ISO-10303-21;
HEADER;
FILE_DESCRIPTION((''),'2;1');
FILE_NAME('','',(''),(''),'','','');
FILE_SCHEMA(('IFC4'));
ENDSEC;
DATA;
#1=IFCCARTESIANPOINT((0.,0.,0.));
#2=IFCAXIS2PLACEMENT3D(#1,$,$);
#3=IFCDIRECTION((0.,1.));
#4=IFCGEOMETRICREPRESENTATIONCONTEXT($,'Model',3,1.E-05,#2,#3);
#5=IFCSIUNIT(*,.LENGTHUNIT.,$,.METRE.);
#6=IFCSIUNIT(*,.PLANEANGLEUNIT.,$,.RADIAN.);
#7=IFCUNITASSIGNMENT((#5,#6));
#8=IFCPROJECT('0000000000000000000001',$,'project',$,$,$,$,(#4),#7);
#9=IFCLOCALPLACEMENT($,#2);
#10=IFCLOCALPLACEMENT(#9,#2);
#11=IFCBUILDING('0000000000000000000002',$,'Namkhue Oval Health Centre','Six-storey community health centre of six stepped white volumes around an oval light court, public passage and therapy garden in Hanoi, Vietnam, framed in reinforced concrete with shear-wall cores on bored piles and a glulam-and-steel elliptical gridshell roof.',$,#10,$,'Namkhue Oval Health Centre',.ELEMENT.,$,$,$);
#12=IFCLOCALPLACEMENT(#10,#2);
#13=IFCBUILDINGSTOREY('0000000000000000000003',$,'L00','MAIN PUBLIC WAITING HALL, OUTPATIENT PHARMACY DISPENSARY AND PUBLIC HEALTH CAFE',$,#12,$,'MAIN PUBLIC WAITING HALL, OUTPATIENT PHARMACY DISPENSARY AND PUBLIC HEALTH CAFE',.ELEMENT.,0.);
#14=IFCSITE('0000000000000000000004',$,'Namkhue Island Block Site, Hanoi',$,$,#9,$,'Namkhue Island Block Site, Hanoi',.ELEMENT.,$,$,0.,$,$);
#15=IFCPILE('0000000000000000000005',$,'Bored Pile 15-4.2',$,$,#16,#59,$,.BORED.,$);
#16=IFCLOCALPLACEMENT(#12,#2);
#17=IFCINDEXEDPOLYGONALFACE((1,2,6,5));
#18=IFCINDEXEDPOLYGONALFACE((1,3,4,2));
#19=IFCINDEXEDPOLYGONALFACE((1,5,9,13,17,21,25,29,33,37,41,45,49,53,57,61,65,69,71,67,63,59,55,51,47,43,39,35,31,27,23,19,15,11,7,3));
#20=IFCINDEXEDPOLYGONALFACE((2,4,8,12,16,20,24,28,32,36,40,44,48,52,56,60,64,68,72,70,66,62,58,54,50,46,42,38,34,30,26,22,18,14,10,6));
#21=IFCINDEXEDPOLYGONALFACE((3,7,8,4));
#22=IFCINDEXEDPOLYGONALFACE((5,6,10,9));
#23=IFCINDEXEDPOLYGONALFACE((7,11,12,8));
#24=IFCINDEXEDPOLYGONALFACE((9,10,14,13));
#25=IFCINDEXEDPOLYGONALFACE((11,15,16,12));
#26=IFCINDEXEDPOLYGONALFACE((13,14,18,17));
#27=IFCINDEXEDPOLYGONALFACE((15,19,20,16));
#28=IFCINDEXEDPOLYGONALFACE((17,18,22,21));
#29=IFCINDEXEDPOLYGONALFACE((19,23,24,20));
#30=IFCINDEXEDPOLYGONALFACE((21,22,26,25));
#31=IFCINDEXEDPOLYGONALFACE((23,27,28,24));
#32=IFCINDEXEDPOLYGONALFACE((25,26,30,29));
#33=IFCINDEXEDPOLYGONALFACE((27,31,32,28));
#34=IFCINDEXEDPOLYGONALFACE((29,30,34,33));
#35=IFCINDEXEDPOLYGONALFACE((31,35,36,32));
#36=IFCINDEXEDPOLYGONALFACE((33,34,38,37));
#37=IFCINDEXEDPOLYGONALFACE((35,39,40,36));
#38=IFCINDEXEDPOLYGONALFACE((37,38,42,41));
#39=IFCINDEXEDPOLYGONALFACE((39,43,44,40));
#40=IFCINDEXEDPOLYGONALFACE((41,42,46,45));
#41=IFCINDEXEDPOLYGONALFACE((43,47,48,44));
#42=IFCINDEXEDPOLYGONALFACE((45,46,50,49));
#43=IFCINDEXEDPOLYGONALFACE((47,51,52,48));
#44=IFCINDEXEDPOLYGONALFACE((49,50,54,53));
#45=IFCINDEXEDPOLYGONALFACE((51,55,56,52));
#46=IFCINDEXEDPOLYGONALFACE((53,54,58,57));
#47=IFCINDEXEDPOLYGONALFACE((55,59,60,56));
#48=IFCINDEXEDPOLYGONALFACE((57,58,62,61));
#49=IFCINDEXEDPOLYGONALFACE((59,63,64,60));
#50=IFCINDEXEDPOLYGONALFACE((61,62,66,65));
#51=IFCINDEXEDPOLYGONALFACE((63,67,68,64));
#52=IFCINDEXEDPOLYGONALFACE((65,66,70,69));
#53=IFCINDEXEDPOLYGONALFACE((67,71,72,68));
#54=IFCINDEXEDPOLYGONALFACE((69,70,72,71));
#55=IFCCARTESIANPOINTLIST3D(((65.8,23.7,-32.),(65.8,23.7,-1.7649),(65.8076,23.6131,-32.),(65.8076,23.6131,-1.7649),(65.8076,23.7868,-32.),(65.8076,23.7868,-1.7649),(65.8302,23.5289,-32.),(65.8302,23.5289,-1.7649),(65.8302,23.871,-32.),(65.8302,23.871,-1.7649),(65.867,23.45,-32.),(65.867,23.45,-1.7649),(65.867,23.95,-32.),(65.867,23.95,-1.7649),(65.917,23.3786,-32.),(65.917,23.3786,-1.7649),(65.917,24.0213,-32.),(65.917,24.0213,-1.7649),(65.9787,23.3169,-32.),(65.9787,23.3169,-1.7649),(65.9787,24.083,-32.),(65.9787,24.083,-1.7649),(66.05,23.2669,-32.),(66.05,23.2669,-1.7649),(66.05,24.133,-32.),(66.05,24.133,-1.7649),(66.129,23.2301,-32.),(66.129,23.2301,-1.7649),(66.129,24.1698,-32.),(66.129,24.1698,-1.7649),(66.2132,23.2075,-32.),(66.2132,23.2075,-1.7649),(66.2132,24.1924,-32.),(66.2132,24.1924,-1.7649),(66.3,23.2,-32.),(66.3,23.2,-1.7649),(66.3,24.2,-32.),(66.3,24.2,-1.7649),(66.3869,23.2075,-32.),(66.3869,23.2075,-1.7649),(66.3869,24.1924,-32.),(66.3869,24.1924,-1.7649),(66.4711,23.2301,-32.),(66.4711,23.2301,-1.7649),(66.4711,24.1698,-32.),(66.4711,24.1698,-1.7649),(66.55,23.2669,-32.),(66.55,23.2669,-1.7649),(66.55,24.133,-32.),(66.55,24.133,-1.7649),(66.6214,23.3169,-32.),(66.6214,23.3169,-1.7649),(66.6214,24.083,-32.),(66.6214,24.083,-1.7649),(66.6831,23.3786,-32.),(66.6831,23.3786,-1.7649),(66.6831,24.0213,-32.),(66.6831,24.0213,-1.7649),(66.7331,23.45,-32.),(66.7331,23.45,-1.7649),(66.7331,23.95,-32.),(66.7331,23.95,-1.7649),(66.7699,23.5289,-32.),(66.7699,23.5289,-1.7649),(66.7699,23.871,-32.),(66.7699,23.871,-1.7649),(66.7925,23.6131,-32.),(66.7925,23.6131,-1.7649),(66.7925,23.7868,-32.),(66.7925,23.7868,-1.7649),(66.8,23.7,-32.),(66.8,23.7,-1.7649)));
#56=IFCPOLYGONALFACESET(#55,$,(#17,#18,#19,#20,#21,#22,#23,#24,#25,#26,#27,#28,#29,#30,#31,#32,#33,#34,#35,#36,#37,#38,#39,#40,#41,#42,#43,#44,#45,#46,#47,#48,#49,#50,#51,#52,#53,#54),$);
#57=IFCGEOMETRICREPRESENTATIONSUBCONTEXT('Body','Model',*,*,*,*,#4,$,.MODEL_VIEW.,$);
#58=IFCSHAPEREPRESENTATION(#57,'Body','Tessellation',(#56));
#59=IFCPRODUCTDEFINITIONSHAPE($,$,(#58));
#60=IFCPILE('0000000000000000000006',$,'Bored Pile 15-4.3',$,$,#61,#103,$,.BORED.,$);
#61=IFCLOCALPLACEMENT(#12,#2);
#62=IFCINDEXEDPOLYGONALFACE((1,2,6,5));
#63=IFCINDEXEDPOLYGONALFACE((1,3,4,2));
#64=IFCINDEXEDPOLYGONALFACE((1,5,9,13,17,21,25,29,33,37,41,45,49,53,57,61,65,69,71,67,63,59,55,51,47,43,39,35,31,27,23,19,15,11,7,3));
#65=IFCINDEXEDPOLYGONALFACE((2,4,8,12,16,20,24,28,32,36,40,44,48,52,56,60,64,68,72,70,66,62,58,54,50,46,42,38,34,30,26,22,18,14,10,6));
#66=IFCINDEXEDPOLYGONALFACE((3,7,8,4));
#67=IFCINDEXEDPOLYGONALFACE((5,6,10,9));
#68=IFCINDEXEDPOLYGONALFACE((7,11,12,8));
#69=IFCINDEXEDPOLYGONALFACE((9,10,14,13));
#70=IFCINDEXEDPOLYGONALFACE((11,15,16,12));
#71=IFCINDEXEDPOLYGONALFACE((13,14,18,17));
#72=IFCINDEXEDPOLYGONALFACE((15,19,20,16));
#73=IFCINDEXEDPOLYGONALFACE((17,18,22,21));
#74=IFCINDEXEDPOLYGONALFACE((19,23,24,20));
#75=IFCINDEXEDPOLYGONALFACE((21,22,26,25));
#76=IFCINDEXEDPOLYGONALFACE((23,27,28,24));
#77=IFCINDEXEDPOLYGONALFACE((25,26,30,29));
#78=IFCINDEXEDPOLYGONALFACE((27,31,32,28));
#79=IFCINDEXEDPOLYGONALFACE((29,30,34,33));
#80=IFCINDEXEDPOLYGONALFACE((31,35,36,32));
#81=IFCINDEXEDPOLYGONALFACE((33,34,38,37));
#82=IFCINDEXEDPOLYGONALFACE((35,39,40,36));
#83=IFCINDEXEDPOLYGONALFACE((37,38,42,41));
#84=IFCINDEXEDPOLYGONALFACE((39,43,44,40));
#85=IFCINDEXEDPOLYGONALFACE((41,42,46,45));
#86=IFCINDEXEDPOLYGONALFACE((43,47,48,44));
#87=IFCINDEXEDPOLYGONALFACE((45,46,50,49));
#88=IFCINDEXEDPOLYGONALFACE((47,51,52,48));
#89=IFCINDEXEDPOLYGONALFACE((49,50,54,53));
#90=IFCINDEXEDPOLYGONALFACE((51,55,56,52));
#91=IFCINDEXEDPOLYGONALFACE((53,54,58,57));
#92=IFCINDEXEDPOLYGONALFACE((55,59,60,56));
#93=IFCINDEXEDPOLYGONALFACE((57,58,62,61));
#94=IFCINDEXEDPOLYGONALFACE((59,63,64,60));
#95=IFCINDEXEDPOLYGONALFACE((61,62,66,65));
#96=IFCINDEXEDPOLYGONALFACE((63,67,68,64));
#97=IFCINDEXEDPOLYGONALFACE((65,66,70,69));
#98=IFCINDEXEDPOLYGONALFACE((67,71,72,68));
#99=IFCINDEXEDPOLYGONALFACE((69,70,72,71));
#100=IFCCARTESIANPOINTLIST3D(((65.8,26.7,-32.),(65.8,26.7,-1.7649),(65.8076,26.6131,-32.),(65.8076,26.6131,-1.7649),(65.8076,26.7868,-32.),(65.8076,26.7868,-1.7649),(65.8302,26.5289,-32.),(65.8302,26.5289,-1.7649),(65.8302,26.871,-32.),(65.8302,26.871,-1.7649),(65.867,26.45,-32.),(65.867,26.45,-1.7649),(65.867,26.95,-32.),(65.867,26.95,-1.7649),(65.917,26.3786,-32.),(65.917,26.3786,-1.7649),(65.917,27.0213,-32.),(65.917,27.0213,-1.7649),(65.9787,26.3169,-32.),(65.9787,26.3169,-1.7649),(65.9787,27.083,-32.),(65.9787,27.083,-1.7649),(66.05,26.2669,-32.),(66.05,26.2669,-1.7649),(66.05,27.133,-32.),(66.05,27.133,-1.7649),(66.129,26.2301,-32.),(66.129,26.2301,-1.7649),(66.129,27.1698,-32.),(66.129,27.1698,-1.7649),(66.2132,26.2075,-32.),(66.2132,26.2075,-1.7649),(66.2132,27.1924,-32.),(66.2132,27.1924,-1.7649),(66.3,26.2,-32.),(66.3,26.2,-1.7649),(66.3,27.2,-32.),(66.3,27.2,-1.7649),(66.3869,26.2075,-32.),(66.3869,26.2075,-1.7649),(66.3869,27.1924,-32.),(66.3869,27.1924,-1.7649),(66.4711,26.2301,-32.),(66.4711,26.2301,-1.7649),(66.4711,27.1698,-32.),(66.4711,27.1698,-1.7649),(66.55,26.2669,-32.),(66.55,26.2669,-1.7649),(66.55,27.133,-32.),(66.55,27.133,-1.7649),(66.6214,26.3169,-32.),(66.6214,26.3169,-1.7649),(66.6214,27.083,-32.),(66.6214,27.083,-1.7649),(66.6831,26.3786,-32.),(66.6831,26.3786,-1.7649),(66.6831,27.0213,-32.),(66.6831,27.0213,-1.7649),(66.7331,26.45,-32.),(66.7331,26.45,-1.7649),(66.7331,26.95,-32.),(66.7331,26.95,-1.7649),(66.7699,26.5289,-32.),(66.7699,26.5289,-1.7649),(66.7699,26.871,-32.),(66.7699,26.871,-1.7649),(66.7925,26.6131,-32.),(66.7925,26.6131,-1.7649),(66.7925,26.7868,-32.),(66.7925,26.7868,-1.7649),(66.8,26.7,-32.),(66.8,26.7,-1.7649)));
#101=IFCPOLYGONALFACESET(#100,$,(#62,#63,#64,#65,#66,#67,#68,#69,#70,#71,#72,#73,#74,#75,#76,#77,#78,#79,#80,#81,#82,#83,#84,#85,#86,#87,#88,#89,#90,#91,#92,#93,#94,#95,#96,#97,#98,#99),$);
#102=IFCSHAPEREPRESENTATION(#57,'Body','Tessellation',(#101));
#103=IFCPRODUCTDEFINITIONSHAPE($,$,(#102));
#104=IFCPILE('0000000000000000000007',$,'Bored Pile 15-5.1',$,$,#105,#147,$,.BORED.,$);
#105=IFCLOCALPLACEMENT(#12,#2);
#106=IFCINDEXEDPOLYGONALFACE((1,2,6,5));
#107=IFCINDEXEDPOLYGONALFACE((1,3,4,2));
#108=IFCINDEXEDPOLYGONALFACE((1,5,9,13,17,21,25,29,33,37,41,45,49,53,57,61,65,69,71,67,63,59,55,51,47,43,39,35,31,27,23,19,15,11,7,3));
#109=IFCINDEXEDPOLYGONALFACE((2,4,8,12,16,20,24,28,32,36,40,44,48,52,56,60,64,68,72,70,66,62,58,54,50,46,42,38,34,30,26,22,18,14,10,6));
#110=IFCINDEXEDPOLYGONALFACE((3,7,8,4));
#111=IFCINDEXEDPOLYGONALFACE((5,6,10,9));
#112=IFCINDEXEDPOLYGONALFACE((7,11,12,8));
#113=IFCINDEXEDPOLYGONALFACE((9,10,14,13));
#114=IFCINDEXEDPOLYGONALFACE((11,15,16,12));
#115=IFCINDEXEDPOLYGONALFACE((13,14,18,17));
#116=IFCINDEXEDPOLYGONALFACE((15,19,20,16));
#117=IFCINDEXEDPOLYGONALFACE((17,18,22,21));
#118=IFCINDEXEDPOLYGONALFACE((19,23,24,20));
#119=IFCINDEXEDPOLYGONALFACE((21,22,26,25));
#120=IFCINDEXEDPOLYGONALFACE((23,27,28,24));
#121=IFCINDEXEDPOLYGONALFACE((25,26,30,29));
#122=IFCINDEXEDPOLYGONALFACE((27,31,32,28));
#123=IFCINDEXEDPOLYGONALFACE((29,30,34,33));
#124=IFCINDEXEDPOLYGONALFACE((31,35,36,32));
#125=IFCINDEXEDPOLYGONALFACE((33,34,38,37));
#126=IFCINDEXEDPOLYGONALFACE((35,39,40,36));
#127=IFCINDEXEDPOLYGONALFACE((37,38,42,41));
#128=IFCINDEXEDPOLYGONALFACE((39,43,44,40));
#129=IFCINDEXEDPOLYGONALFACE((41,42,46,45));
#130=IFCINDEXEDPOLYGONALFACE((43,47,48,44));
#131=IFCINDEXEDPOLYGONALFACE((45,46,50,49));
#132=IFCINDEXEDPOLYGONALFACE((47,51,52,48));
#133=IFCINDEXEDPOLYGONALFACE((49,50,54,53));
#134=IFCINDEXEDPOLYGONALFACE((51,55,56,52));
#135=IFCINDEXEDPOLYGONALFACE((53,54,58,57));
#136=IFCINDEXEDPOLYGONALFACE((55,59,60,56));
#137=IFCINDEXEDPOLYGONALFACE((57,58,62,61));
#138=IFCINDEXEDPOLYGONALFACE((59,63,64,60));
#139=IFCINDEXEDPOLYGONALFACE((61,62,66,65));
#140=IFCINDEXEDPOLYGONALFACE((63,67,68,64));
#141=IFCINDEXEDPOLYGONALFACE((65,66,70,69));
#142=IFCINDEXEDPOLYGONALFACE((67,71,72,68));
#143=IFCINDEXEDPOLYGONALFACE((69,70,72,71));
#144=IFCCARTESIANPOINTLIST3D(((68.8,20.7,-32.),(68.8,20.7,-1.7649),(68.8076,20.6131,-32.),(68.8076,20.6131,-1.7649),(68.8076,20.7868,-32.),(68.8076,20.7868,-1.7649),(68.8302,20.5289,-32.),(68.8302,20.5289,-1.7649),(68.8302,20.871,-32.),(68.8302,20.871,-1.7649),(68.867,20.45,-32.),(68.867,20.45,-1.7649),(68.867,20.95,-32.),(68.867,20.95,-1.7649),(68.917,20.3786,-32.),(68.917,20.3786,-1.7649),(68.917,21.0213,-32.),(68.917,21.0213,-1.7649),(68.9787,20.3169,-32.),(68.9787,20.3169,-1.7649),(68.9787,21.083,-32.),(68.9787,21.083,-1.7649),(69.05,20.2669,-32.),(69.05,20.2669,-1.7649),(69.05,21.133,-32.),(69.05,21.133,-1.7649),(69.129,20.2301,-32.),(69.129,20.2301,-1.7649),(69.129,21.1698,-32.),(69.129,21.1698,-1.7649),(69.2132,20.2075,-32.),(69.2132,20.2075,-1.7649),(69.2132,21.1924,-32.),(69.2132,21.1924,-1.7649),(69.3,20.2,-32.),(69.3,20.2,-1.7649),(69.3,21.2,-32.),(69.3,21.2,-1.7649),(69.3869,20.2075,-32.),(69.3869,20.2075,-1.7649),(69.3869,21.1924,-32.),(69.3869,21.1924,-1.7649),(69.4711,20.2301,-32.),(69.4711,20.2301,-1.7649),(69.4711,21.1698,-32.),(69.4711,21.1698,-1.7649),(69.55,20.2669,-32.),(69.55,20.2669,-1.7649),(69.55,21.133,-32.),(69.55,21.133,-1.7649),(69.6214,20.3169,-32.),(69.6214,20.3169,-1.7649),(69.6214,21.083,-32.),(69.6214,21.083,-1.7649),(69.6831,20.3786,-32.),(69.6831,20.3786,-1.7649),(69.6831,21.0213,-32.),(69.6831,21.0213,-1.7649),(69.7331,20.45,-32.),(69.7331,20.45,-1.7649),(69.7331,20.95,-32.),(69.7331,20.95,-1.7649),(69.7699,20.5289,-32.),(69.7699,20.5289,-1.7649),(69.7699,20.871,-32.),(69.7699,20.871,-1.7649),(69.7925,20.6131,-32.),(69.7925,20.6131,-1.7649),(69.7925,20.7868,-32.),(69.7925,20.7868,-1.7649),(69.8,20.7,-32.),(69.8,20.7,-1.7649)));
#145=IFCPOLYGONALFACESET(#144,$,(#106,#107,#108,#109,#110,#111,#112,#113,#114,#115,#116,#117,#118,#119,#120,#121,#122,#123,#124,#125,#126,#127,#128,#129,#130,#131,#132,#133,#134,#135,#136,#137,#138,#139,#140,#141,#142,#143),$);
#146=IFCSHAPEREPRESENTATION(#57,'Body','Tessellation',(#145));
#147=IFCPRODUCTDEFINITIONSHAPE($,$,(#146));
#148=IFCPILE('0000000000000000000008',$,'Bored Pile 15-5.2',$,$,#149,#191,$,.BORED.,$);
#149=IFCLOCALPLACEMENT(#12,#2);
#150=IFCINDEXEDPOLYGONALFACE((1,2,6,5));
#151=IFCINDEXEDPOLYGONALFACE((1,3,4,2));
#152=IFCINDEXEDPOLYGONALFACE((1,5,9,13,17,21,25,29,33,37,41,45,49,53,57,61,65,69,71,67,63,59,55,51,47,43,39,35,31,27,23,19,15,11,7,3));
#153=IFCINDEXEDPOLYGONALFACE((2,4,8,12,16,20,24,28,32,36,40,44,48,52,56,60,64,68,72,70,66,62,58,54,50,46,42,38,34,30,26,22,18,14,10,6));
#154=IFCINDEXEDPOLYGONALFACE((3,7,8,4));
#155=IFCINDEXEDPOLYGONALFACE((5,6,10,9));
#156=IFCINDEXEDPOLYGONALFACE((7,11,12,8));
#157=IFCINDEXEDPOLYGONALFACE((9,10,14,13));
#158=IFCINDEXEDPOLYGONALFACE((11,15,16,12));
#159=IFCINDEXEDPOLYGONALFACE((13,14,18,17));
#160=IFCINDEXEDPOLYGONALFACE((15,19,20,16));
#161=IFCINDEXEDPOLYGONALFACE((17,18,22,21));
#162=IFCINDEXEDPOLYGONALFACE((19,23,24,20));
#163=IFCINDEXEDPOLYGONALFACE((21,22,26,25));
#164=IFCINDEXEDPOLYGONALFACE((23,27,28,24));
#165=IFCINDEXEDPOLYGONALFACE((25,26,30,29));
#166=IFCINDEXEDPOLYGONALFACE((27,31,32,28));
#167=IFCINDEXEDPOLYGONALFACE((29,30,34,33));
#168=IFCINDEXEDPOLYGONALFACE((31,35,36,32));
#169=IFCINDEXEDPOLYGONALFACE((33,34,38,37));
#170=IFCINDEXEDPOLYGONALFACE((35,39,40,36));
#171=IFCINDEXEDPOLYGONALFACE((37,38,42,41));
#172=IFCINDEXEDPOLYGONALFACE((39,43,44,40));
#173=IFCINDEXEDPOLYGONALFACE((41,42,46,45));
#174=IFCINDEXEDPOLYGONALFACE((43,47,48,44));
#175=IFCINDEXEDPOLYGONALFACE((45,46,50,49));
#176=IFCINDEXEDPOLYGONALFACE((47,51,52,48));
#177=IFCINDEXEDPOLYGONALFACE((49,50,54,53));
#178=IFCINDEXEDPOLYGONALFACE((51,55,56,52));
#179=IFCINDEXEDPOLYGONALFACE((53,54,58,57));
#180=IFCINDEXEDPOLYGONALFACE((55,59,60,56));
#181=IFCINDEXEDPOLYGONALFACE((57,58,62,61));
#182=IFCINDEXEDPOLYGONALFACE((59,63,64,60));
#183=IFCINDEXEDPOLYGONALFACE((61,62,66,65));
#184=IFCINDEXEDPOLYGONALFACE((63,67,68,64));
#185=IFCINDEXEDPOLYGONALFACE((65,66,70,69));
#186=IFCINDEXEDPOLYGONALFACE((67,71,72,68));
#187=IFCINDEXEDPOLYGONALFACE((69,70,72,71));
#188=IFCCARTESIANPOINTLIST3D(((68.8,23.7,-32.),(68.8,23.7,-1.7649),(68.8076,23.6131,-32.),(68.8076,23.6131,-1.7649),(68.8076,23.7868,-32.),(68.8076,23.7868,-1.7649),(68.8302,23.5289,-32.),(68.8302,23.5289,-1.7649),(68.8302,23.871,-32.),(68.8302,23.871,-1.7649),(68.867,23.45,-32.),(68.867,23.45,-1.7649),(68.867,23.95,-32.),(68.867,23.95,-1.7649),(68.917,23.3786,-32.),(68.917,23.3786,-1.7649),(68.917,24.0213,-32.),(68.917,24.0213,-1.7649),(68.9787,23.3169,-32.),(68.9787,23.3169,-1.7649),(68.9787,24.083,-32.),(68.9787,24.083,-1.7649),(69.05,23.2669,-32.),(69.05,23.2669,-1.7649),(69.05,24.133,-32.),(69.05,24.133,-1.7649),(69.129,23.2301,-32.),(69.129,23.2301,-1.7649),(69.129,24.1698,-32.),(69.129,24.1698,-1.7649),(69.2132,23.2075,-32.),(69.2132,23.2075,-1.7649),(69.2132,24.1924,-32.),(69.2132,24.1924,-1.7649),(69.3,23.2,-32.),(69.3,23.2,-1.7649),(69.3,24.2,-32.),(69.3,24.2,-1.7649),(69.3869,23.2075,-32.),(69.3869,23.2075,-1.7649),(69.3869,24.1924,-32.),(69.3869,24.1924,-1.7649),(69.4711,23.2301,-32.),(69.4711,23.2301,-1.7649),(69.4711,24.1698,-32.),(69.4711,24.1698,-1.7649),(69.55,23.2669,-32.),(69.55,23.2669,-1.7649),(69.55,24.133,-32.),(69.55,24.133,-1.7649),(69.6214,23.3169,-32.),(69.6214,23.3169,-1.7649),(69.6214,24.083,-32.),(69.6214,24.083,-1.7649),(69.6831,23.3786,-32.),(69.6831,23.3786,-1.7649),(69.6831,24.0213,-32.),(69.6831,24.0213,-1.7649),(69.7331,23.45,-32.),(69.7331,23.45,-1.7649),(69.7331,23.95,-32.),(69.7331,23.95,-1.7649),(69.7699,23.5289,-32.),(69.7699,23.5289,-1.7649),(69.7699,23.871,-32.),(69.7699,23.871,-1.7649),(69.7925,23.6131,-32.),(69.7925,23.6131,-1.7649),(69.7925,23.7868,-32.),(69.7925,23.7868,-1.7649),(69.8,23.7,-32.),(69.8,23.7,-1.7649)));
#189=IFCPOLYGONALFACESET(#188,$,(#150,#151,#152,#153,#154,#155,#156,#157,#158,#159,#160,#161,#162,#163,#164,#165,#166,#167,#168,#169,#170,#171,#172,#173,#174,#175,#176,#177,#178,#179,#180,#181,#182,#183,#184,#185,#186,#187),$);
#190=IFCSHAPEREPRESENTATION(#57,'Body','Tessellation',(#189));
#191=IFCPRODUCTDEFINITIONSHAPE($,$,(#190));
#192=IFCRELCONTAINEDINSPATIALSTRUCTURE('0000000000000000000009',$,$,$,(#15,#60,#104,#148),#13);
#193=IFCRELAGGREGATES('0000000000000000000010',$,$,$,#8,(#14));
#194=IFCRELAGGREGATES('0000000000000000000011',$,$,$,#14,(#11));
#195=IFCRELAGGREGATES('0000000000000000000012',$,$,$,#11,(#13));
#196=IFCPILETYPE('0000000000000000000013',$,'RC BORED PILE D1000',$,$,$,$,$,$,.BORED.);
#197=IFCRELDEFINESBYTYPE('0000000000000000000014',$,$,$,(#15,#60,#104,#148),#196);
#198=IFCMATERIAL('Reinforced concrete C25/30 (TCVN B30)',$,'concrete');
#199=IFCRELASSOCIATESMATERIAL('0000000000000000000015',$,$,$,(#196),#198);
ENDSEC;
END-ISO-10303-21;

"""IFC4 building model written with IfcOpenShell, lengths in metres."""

from ifc_helpers import new_model, si_unit, direction, frame, origin, origin_2d, place, context, subcontext, project, spatial, circle, extrude, material, material_profile, profile_set, type_object, element, save


model = new_model("IFC4")

# Units and contexts
model_context = context("Model", 3, precision=1e-05, world=origin(), true_north=direction((0.0, 1.0)))
body_context = subcontext(model_context, "Body", "Model", "MODEL_VIEW")
ifc_project = project(units=[si_unit("LENGTHUNIT", "METRE"), si_unit("PLANEANGLEUNIT", "RADIAN")], contexts=[model_context])

# Site, building, storey
site_placement = place(None, origin())
site = spatial("IfcSite", under=ifc_project, at=site_placement, Name="Namkhue Island Block Site, Hanoi", LongName="Namkhue Island Block Site, Hanoi", CompositionType="ELEMENT", RefElevation=0.0)
building_placement = place(site_placement, origin())
building = spatial("IfcBuilding", under=site, at=building_placement, Name="Namkhue Oval Health Centre", Description="Six-storey community health centre of six stepped white volumes around an oval light court, public passage and therapy garden in Hanoi, Vietnam, framed in reinforced concrete with shear-wall cores on bored piles and a glulam-and-steel elliptical gridshell roof.", LongName="Namkhue Oval Health Centre", CompositionType="ELEMENT")
storey_placement = place(building_placement, origin())
storey = spatial("IfcBuildingStorey", under=building, at=storey_placement, Name="L00", Description="MAIN PUBLIC WAITING HALL, OUTPATIENT PHARMACY DISPENSARY AND PUBLIC HEALTH CAFE", LongName="MAIN PUBLIC WAITING HALL, OUTPATIENT PHARMACY DISPENSARY AND PUBLIC HEALTH CAFE", CompositionType="ELEMENT", Elevation=0.0)

# Piles
ifc_material_1 = material(Name="Reinforced concrete C25/30 (TCVN B30)", Category="concrete")
ifc_material_profile_1 = material_profile(ifc_material_1, circle(Radius=0.5, at=origin_2d()), Name="BORED PILE D1000")
ifc_profile_set_1 = profile_set([ifc_material_profile_1], Name="Reinforced concrete C25/30 (TCVN B30)")
pile_type_1 = type_object("IfcPileType", Name="RC BORED PILE D1000", PredefinedType="BORED", material=ifc_profile_set_1)
for number, where, z_axis, x_axis, name in (
    (1, (66.3, 23.7, -1.7649), (0.0, 0.0, -1.0), (1.0, 0.0, 0.0), "Bored Pile 15-4.2"),
    (2, (66.3, 26.7, -1.7649), (0.0, 0.0, -1.0), (1.0, 0.0, 0.0), "Bored Pile 15-4.3"),
    (3, (69.3, 20.7, -1.7649), (0.0, 0.0, -1.0), (1.0, 0.0, 0.0), "Bored Pile 15-5.1"),
    (4, (69.3, 23.7, -1.7649), (0.0, 0.0, -1.0), (1.0, 0.0, 0.0), "Bored Pile 15-5.2"),
):
    element("IfcPile", number, at=place(storey_placement, frame(where, z_axis=z_axis, x_axis=x_axis)), inside=storey, type_object=pile_type_1, Name=name, PredefinedType="BORED", context=body_context, shape_type="SweptSolid", body=[
        extrude(circle(Radius=0.5, at=origin_2d()), origin(), (0.0, 0.0, 1.0), 30.2351),
    ])

save(model, "model.ifc")
